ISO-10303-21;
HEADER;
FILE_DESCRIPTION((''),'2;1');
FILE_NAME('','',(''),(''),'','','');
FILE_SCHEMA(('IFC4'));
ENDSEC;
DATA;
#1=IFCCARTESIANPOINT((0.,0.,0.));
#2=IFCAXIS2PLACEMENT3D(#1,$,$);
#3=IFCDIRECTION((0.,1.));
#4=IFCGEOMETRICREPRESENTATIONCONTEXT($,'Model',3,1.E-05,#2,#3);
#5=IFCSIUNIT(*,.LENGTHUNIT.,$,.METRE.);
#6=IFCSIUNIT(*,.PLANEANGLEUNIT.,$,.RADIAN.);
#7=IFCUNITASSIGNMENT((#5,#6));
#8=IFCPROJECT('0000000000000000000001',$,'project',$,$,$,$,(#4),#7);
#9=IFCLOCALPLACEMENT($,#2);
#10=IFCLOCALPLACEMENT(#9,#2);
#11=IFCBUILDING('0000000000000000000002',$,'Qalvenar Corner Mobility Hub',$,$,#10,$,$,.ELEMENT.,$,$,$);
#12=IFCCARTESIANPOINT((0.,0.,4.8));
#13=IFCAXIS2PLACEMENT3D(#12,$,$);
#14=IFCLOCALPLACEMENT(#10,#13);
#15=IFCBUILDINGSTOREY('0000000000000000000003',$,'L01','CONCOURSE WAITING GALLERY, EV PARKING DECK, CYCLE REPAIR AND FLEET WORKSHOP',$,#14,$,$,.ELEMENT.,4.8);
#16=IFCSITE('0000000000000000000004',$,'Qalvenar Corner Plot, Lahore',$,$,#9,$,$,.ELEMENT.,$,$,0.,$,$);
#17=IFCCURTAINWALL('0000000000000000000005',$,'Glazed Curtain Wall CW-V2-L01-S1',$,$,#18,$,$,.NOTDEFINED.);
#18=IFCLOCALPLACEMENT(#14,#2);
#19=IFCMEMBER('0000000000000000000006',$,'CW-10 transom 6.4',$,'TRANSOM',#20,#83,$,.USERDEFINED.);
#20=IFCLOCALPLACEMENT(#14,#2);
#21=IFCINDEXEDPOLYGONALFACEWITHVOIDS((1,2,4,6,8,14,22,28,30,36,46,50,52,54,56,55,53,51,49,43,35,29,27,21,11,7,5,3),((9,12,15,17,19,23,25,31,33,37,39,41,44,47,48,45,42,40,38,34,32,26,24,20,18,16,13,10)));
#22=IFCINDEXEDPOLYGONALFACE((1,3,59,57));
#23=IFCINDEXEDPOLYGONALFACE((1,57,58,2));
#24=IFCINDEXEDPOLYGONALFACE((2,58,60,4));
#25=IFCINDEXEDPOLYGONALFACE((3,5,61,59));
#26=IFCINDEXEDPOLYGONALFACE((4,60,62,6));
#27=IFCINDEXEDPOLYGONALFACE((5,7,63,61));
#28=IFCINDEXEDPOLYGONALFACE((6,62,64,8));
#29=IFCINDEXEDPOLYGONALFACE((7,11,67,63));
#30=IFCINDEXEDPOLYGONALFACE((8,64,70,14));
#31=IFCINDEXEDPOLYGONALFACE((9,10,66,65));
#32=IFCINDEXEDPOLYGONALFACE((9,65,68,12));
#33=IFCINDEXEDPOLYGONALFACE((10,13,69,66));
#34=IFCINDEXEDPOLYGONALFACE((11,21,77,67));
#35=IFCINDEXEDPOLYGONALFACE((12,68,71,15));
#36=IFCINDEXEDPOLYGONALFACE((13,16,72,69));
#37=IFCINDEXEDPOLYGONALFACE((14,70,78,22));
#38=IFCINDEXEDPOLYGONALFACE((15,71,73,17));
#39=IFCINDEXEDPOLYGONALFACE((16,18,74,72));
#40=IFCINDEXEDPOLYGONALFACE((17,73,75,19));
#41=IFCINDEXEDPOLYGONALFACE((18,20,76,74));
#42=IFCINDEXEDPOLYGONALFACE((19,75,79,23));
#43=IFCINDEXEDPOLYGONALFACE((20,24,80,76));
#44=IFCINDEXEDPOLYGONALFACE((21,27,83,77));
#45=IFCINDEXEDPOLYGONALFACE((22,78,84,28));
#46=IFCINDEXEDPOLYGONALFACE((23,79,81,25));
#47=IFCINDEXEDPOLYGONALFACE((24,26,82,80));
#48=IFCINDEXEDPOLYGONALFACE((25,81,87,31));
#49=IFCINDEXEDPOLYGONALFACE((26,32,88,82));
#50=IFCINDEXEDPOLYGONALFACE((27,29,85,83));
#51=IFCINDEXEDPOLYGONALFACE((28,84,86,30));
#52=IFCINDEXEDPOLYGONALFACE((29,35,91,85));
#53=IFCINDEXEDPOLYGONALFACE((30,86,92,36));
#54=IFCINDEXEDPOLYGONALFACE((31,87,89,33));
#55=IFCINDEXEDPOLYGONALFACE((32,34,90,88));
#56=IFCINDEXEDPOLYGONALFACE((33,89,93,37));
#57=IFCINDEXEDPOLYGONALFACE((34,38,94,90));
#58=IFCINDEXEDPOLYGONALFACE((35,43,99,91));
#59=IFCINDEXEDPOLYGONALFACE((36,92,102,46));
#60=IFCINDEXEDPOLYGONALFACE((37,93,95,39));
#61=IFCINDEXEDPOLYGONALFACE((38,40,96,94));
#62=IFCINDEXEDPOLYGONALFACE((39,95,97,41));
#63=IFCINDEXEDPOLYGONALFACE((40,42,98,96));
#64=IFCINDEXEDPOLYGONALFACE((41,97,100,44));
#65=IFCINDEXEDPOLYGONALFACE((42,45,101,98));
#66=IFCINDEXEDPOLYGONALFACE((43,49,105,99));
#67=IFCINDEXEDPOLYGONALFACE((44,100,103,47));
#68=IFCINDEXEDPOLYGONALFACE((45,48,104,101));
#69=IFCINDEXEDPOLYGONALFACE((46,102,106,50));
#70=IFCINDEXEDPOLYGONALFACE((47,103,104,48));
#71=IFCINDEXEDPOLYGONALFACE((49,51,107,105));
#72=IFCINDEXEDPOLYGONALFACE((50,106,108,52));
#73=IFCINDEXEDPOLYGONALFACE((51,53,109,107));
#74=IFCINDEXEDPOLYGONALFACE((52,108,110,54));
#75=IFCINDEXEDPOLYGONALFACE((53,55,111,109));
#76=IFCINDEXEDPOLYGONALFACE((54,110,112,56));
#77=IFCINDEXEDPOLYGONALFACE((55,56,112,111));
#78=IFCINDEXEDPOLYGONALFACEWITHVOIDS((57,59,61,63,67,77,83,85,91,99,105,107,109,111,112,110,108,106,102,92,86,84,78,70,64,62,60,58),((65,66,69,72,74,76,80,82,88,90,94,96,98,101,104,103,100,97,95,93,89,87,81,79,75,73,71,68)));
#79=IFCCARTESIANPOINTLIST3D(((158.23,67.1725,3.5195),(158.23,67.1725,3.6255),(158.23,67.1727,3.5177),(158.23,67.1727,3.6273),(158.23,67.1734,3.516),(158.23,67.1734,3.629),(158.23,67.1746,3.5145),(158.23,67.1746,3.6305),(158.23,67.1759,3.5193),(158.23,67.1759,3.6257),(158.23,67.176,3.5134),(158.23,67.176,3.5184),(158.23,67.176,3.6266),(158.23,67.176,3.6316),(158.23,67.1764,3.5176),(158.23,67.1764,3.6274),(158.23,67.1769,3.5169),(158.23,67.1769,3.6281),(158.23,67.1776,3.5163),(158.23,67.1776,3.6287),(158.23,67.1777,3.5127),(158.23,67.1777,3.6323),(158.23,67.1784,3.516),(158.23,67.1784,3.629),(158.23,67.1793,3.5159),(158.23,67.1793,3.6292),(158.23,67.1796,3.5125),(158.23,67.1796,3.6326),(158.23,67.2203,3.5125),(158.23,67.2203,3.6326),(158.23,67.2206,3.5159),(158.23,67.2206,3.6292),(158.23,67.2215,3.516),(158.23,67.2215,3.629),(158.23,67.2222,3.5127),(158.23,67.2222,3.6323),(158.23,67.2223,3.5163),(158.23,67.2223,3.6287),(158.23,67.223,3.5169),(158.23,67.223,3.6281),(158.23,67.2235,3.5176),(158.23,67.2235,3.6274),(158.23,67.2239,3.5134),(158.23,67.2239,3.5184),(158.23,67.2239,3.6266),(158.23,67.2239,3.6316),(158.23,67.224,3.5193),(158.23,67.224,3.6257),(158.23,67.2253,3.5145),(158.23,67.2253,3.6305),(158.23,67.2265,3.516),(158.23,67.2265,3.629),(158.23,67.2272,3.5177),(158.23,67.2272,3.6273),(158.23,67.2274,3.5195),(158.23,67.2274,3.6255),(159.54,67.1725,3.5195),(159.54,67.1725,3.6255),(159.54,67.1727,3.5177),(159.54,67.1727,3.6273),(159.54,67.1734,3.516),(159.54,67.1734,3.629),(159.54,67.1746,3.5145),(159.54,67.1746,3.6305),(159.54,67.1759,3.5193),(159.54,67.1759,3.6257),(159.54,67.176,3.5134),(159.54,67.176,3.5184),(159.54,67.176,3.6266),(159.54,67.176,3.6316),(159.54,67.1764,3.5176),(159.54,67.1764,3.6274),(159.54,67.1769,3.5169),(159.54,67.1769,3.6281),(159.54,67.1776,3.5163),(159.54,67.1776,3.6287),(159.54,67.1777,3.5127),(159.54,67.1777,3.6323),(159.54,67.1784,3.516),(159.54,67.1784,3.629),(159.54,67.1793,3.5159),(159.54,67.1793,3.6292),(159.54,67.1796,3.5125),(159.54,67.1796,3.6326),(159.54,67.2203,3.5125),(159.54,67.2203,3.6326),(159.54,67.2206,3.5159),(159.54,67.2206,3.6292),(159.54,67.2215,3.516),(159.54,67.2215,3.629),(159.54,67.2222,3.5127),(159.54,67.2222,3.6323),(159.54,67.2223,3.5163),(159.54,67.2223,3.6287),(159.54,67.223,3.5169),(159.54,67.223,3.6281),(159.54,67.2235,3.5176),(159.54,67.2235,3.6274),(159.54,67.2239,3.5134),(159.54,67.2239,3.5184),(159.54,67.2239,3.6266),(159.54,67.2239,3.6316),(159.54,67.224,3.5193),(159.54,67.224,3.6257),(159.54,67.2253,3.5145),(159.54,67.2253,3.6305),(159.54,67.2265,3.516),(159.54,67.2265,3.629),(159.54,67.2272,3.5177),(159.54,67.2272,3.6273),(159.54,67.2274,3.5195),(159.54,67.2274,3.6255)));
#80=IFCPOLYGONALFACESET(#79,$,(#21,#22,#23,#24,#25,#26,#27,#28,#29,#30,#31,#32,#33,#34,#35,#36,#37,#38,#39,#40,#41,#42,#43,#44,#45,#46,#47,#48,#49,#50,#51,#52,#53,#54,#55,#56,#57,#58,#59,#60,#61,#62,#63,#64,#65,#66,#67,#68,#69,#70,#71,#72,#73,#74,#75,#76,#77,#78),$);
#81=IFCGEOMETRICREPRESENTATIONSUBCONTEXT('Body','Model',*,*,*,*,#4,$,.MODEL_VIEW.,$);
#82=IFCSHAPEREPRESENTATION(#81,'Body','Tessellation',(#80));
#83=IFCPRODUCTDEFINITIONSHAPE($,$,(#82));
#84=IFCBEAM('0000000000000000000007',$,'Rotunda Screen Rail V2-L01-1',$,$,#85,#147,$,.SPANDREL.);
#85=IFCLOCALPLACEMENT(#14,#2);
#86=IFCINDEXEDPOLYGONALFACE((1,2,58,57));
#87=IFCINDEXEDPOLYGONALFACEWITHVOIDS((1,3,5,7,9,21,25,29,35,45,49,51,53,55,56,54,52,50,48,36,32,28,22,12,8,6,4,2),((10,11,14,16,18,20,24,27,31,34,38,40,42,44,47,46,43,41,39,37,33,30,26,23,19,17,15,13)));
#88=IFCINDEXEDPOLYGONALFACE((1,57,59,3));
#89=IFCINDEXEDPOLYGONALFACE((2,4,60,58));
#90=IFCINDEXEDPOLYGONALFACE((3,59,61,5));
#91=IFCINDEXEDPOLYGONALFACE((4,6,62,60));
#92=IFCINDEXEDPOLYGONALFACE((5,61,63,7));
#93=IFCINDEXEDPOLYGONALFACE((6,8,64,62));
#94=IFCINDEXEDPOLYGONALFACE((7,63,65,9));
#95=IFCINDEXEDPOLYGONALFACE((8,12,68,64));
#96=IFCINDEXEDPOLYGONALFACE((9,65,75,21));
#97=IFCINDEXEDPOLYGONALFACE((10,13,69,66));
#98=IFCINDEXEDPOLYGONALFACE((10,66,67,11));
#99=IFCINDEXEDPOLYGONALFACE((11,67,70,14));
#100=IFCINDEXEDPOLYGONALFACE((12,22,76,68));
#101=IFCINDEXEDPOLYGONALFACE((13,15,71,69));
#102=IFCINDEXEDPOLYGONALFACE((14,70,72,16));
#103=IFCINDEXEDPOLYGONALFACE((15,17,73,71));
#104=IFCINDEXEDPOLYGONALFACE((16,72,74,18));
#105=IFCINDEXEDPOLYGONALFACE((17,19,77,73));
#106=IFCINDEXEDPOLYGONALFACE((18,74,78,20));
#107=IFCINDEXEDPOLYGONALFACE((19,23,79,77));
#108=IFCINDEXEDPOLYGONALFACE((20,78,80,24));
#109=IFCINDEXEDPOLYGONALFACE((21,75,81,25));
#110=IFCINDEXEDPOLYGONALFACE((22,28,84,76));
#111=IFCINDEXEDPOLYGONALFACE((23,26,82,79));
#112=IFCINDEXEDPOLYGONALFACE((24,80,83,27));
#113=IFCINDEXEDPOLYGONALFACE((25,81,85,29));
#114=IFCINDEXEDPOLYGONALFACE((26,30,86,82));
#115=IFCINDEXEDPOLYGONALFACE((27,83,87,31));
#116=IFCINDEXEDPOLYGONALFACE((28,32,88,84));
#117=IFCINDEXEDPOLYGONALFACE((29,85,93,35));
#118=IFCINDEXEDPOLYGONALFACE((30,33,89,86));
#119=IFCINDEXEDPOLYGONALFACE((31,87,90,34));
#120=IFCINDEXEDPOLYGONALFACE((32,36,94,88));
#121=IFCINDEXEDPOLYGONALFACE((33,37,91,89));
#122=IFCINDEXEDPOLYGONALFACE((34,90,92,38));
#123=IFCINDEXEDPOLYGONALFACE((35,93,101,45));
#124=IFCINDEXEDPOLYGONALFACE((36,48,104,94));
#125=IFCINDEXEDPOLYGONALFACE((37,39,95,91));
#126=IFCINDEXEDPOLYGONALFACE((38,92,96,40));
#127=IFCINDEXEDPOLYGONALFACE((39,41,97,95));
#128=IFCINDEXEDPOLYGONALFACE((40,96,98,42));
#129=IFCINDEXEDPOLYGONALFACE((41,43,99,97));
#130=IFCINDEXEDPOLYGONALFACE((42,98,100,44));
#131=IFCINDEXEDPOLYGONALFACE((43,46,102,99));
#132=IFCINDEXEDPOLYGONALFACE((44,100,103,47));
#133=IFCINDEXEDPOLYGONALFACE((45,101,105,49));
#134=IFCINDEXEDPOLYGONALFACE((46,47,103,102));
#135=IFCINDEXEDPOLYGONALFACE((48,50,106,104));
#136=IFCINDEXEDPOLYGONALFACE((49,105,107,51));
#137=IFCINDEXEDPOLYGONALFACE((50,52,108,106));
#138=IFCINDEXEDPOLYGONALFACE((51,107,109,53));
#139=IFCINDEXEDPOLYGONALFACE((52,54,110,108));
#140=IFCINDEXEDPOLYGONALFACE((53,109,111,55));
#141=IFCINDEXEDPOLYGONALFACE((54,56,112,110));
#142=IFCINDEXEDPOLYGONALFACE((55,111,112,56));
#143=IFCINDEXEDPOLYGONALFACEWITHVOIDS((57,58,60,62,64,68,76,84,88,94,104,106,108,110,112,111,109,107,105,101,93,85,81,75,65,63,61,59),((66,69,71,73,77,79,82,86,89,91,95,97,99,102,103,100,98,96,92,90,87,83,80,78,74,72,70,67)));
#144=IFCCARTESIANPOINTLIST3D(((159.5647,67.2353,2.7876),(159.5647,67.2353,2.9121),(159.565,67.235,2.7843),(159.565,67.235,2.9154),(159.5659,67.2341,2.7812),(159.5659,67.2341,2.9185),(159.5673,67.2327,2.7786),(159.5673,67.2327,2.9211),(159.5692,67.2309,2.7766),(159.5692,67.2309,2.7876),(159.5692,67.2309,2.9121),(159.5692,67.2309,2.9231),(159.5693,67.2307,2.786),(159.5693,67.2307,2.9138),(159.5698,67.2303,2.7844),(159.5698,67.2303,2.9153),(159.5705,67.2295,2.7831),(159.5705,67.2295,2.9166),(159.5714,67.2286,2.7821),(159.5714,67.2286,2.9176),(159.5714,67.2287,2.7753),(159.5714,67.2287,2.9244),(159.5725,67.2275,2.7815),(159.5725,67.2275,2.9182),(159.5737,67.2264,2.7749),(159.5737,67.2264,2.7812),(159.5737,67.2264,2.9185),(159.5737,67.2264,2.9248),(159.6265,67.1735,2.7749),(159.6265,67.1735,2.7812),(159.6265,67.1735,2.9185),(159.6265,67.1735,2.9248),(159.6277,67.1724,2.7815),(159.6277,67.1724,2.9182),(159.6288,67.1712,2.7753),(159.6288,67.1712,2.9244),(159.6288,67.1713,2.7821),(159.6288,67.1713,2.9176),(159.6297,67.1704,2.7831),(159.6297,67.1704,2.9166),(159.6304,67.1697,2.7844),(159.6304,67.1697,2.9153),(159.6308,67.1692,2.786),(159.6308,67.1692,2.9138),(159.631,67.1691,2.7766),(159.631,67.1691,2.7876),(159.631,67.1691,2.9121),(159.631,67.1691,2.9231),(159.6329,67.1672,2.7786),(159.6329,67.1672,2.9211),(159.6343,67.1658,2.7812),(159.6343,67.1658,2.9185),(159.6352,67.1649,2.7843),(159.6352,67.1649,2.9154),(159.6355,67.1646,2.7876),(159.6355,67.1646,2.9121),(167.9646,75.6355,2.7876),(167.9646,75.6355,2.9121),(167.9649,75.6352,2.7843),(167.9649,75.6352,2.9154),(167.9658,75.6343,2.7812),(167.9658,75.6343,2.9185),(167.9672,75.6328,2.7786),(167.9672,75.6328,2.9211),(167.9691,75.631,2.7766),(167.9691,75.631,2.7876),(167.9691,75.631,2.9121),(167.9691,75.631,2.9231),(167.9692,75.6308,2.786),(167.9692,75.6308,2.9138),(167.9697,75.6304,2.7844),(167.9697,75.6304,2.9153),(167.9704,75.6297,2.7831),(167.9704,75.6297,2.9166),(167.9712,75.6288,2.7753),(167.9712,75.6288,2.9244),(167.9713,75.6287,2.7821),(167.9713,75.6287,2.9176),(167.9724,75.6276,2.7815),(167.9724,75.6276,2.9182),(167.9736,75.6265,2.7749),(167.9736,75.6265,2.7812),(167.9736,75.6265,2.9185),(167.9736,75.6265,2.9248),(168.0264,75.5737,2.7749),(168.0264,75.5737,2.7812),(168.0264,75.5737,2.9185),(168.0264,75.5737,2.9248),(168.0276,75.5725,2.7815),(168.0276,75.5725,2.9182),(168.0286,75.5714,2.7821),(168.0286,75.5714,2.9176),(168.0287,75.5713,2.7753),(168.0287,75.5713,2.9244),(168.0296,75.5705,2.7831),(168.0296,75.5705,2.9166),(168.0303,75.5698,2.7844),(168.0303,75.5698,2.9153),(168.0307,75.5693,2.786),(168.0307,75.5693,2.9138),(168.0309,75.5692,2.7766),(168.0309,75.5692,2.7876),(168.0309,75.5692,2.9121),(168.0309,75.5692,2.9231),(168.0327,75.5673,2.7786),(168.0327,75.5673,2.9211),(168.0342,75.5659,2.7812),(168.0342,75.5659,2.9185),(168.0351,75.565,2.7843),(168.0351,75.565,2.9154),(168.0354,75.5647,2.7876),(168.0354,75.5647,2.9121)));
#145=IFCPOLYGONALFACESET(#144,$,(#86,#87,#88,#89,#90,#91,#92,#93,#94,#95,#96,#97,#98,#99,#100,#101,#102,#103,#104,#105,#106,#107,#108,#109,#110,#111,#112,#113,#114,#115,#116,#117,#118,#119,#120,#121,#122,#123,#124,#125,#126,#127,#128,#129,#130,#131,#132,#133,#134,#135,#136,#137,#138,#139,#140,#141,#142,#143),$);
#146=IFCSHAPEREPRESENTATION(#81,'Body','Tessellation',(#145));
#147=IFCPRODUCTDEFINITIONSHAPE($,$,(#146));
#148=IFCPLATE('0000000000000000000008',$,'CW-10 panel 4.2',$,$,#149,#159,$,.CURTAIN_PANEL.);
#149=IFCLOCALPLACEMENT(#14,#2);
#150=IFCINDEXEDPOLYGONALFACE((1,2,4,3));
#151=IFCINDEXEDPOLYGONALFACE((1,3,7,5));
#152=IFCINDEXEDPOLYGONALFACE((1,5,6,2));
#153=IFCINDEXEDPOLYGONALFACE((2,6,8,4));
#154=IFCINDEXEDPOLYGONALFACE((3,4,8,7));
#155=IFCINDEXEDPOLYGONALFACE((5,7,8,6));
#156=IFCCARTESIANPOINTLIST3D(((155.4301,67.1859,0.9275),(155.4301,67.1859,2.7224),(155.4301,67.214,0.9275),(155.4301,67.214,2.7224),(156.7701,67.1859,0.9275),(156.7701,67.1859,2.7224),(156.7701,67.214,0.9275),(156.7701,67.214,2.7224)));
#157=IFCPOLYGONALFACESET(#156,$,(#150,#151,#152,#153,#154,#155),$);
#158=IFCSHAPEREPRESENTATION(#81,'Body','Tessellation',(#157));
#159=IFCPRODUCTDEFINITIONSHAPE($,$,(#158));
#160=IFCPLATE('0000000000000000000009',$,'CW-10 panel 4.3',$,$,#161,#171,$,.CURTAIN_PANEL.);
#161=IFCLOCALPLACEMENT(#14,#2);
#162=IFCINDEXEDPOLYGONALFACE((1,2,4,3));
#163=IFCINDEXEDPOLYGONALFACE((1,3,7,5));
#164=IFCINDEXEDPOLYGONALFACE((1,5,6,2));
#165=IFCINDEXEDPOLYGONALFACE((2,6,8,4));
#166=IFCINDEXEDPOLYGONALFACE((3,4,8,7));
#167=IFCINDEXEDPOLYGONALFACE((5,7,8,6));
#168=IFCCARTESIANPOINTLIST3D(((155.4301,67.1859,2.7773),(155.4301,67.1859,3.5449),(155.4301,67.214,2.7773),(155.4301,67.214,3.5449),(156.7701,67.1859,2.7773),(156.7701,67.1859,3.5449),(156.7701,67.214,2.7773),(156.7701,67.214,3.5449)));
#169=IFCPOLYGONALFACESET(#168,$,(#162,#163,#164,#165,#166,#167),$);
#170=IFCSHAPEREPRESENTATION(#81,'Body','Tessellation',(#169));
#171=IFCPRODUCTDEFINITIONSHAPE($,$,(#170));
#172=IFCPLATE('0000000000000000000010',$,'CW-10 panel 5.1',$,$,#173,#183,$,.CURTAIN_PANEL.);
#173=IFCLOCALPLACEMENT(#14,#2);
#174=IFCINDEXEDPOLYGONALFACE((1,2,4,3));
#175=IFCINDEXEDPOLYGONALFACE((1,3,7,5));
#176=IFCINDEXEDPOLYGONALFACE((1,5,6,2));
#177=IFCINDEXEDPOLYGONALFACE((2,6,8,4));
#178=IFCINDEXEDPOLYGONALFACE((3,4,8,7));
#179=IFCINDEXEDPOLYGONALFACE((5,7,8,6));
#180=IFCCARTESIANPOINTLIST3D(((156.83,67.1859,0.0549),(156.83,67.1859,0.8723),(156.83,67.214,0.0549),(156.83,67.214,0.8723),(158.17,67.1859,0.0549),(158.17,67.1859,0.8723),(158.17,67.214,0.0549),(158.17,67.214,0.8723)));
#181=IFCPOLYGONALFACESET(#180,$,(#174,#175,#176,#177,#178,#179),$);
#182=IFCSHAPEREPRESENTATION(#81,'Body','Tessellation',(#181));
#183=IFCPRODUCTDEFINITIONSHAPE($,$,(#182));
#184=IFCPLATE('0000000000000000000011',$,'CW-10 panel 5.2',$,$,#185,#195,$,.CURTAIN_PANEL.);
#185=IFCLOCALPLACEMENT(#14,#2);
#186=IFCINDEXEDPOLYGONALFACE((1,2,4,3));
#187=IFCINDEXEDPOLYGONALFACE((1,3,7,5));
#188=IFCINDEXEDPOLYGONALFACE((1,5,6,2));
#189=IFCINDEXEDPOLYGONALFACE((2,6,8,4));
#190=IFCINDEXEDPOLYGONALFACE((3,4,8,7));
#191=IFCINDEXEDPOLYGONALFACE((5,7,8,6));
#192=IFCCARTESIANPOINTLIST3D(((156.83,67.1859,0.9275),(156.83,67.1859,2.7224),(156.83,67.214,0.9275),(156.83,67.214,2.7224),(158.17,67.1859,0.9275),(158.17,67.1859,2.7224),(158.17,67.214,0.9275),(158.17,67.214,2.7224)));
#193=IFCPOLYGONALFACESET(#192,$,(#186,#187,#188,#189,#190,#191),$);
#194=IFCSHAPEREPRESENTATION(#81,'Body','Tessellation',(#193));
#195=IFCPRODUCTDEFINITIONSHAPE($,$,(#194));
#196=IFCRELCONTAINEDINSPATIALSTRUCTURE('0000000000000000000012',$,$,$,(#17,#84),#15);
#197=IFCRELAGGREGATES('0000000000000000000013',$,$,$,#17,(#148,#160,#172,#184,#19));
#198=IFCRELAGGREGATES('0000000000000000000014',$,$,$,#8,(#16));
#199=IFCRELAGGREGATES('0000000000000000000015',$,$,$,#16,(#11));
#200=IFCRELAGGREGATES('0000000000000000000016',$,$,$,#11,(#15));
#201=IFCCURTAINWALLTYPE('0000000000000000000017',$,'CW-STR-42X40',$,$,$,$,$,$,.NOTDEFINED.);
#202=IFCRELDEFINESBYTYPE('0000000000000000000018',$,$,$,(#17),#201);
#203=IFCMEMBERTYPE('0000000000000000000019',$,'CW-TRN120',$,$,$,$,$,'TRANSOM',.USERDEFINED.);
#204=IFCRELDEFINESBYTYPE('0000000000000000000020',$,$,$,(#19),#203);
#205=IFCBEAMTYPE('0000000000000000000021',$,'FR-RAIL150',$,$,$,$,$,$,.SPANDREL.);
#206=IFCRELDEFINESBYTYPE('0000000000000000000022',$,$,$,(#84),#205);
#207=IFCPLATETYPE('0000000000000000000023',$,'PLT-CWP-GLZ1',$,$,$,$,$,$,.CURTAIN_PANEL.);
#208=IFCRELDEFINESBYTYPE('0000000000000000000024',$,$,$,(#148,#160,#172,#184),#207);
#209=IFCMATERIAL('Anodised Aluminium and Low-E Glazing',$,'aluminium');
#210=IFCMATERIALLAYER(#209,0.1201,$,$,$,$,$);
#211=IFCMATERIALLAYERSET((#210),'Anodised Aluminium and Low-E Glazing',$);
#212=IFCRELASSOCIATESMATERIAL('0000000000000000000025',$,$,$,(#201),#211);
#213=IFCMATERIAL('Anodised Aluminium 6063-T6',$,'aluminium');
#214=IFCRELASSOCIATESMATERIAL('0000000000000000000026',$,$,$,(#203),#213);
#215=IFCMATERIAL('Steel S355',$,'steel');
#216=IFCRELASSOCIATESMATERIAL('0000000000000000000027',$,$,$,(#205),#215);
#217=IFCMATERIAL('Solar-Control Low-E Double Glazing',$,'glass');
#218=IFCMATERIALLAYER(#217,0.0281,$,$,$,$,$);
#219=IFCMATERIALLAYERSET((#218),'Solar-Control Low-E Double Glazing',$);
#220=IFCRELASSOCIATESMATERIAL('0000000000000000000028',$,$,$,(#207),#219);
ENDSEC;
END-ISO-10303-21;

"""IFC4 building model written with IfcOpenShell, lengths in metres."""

from ifc_helpers import new_model, si_unit, direction, frame, origin, origin_2d, place, context, subcontext, project, spatial, rectangle, hollow_rectangle, extrude, material, layer, layer_set, material_profile, profile_set, type_object, element, aggregate, save


model = new_model("IFC4")

# Units and contexts
model_context = context("Model", 3, precision=1e-05, world=origin(), true_north=direction((0.0, 1.0)))
body_context = subcontext(model_context, "Body", "Model", "MODEL_VIEW")
ifc_project = project(units=[si_unit("LENGTHUNIT", "METRE"), si_unit("PLANEANGLEUNIT", "RADIAN")], contexts=[model_context])

# Site, building, storey
site_placement = place(None, origin())
site = spatial("IfcSite", under=ifc_project, at=site_placement, Name="Qalvenar Corner Plot, Lahore", CompositionType="ELEMENT", RefElevation=0.0)
building_placement = place(site_placement, origin())
building = spatial("IfcBuilding", under=site, at=building_placement, Name="Qalvenar Corner Mobility Hub", CompositionType="ELEMENT")
storey_placement = place(building_placement, frame((0.0, 0.0, 4.8)))
storey = spatial("IfcBuildingStorey", under=building, at=storey_placement, Name="L01", Description="CONCOURSE WAITING GALLERY, EV PARKING DECK, CYCLE REPAIR AND FLEET WORKSHOP", CompositionType="ELEMENT", Elevation=4.8)

# Shared definitions
ifc_material_1 = material(Name="Steel S355", Category="steel")

# Curtain wall, member
ifc_material_2 = material(Name="Anodised Aluminium and Low-E Glazing", Category="aluminium")
ifc_layer_1 = layer(ifc_material_2, 0.1201)
ifc_layer_set_1 = layer_set([ifc_layer_1], Name="Anodised Aluminium and Low-E Glazing")
curtain_wall_type = type_object("IfcCurtainWallType", Name="CW-STR-42X40", PredefinedType="NOTDEFINED", material=ifc_layer_set_1)
curtain_wall_placement = place(storey_placement, origin())
curtain_wall = element("IfcCurtainWall", 1, at=curtain_wall_placement, inside=storey, type_object=curtain_wall_type, Name="Glazed Curtain Wall CW-V2-L01-S1", PredefinedType="NOTDEFINED")
ifc_material_3 = material(Name="Anodised Aluminium 6063-T6", Category="aluminium")
ifc_material_profile_1 = material_profile(ifc_material_3, hollow_rectangle(XDim=0.0549, YDim=0.1201, WallThickness=0.0034, InnerFilletRadius=0.0034, OuterFilletRadius=0.0071, at=origin_2d()), Name="RHS120x55x3.5")
ifc_profile_set_1 = profile_set([ifc_material_profile_1], Name="Anodised Aluminium 6063-T6")
member_type_1 = type_object("IfcMemberType", Name="CW-TRN120", ElementType="TRANSOM", PredefinedType="USERDEFINED", material=ifc_profile_set_1)
member_1_placement = place(storey_placement, frame((158.23, 67.2, 3.5725), z_axis=(1.0, 0.0, 0.0), x_axis=(0.0, 1.0, 0.0)))
member_1 = element("IfcMember", 2, at=member_1_placement, type_object=member_type_1, Name="CW-10 transom 6.4", ObjectType="TRANSOM", PredefinedType="USERDEFINED", context=body_context, shape_type="SweptSolid", body=[
    extrude(hollow_rectangle(XDim=0.0549, YDim=0.1201, WallThickness=0.0034, InnerFilletRadius=0.0034, OuterFilletRadius=0.0071, at=origin_2d()), origin(), (0.0, 0.0, 1.0), 1.3101),
])

# Beam
ifc_material_profile_2 = material_profile(ifc_material_1, hollow_rectangle(XDim=0.1001, YDim=0.1499, WallThickness=0.0063, InnerFilletRadius=0.0063, OuterFilletRadius=0.0127, at=origin_2d()), Name="RHS150x100x6.3")
ifc_profile_set_2 = profile_set([ifc_material_profile_2], Name="Steel S355")
beam_type_1 = type_object("IfcBeamType", Name="FR-RAIL150", PredefinedType="SPANDREL", material=ifc_profile_set_2)
beam_1_placement = place(storey_placement, frame((159.6001, 67.2, 2.8499), z_axis=(0.707097, 0.707117, 0.0), x_axis=(-0.707117, 0.707097, 0.0)))
element("IfcBeam", 3, at=beam_1_placement, inside=storey, type_object=beam_type_1, Name="Rotunda Screen Rail V2-L01-1", PredefinedType="SPANDREL", context=body_context, shape_type="SweptSolid", body=[
    extrude(hollow_rectangle(XDim=0.1001, YDim=0.1499, WallThickness=0.0063, InnerFilletRadius=0.0063, OuterFilletRadius=0.0127, at=origin_2d()), origin(), (0.0, 0.0, 1.0), 11.8794),
])

# Plates
ifc_material_4 = material(Name="Solar-Control Low-E Double Glazing", Category="glass")
ifc_layer_2 = layer(ifc_material_4, 0.0281)
ifc_layer_set_2 = layer_set([ifc_layer_2], Name="Solar-Control Low-E Double Glazing")
plate_type_1 = type_object("IfcPlateType", Name="PLT-CWP-GLZ1", PredefinedType="CURTAIN_PANEL", material=ifc_layer_set_2)
plate_1_placement = place(storey_placement, frame((156.1001, 67.2, 0.9275), z_axis=(0.0, 0.0, 1.0), x_axis=(1.0, 0.0, 0.0)))
plate_1 = element("IfcPlate", 4, at=plate_1_placement, type_object=plate_type_1, Name="CW-10 panel 4.2", PredefinedType="CURTAIN_PANEL", context=body_context, shape_type="SweptSolid", body=[
    extrude(rectangle(XDim=1.3401, YDim=0.0281, at=origin_2d()), origin(), (0.0, 0.0, 1.0), 1.7949),
])
plate_2_placement = place(storey_placement, frame((156.1001, 67.2, 2.7773), z_axis=(0.0, 0.0, 1.0), x_axis=(1.0, 0.0, 0.0)))
plate_2 = element("IfcPlate", 5, at=plate_2_placement, type_object=plate_type_1, Name="CW-10 panel 4.3", PredefinedType="CURTAIN_PANEL", context=body_context, shape_type="SweptSolid", body=[
    extrude(rectangle(XDim=1.3401, YDim=0.0281, at=origin_2d()), origin(), (0.0, 0.0, 1.0), 0.7676),
])
plate_3_placement = place(storey_placement, frame((157.5, 67.2, 0.0549), z_axis=(0.0, 0.0, 1.0), x_axis=(1.0, 0.0, 0.0)))
plate_3 = element("IfcPlate", 6, at=plate_3_placement, type_object=plate_type_1, Name="CW-10 panel 5.1", PredefinedType="CURTAIN_PANEL", context=body_context, shape_type="SweptSolid", body=[
    extrude(rectangle(XDim=1.3401, YDim=0.0281, at=origin_2d()), origin(), (0.0, 0.0, 1.0), 0.8174),
])
plate_4_placement = place(storey_placement, frame((157.5, 67.2, 0.9275), z_axis=(0.0, 0.0, 1.0), x_axis=(1.0, 0.0, 0.0)))
plate_4 = element("IfcPlate", 7, at=plate_4_placement, type_object=plate_type_1, Name="CW-10 panel 5.2", PredefinedType="CURTAIN_PANEL", context=body_context, shape_type="SweptSolid", body=[
    extrude(rectangle(XDim=1.3401, YDim=0.0281, at=origin_2d()), origin(), (0.0, 0.0, 1.0), 1.7949),
])
aggregate(curtain_wall, [plate_1, plate_2, plate_3, plate_4, member_1])

save(model, "model.ifc")
